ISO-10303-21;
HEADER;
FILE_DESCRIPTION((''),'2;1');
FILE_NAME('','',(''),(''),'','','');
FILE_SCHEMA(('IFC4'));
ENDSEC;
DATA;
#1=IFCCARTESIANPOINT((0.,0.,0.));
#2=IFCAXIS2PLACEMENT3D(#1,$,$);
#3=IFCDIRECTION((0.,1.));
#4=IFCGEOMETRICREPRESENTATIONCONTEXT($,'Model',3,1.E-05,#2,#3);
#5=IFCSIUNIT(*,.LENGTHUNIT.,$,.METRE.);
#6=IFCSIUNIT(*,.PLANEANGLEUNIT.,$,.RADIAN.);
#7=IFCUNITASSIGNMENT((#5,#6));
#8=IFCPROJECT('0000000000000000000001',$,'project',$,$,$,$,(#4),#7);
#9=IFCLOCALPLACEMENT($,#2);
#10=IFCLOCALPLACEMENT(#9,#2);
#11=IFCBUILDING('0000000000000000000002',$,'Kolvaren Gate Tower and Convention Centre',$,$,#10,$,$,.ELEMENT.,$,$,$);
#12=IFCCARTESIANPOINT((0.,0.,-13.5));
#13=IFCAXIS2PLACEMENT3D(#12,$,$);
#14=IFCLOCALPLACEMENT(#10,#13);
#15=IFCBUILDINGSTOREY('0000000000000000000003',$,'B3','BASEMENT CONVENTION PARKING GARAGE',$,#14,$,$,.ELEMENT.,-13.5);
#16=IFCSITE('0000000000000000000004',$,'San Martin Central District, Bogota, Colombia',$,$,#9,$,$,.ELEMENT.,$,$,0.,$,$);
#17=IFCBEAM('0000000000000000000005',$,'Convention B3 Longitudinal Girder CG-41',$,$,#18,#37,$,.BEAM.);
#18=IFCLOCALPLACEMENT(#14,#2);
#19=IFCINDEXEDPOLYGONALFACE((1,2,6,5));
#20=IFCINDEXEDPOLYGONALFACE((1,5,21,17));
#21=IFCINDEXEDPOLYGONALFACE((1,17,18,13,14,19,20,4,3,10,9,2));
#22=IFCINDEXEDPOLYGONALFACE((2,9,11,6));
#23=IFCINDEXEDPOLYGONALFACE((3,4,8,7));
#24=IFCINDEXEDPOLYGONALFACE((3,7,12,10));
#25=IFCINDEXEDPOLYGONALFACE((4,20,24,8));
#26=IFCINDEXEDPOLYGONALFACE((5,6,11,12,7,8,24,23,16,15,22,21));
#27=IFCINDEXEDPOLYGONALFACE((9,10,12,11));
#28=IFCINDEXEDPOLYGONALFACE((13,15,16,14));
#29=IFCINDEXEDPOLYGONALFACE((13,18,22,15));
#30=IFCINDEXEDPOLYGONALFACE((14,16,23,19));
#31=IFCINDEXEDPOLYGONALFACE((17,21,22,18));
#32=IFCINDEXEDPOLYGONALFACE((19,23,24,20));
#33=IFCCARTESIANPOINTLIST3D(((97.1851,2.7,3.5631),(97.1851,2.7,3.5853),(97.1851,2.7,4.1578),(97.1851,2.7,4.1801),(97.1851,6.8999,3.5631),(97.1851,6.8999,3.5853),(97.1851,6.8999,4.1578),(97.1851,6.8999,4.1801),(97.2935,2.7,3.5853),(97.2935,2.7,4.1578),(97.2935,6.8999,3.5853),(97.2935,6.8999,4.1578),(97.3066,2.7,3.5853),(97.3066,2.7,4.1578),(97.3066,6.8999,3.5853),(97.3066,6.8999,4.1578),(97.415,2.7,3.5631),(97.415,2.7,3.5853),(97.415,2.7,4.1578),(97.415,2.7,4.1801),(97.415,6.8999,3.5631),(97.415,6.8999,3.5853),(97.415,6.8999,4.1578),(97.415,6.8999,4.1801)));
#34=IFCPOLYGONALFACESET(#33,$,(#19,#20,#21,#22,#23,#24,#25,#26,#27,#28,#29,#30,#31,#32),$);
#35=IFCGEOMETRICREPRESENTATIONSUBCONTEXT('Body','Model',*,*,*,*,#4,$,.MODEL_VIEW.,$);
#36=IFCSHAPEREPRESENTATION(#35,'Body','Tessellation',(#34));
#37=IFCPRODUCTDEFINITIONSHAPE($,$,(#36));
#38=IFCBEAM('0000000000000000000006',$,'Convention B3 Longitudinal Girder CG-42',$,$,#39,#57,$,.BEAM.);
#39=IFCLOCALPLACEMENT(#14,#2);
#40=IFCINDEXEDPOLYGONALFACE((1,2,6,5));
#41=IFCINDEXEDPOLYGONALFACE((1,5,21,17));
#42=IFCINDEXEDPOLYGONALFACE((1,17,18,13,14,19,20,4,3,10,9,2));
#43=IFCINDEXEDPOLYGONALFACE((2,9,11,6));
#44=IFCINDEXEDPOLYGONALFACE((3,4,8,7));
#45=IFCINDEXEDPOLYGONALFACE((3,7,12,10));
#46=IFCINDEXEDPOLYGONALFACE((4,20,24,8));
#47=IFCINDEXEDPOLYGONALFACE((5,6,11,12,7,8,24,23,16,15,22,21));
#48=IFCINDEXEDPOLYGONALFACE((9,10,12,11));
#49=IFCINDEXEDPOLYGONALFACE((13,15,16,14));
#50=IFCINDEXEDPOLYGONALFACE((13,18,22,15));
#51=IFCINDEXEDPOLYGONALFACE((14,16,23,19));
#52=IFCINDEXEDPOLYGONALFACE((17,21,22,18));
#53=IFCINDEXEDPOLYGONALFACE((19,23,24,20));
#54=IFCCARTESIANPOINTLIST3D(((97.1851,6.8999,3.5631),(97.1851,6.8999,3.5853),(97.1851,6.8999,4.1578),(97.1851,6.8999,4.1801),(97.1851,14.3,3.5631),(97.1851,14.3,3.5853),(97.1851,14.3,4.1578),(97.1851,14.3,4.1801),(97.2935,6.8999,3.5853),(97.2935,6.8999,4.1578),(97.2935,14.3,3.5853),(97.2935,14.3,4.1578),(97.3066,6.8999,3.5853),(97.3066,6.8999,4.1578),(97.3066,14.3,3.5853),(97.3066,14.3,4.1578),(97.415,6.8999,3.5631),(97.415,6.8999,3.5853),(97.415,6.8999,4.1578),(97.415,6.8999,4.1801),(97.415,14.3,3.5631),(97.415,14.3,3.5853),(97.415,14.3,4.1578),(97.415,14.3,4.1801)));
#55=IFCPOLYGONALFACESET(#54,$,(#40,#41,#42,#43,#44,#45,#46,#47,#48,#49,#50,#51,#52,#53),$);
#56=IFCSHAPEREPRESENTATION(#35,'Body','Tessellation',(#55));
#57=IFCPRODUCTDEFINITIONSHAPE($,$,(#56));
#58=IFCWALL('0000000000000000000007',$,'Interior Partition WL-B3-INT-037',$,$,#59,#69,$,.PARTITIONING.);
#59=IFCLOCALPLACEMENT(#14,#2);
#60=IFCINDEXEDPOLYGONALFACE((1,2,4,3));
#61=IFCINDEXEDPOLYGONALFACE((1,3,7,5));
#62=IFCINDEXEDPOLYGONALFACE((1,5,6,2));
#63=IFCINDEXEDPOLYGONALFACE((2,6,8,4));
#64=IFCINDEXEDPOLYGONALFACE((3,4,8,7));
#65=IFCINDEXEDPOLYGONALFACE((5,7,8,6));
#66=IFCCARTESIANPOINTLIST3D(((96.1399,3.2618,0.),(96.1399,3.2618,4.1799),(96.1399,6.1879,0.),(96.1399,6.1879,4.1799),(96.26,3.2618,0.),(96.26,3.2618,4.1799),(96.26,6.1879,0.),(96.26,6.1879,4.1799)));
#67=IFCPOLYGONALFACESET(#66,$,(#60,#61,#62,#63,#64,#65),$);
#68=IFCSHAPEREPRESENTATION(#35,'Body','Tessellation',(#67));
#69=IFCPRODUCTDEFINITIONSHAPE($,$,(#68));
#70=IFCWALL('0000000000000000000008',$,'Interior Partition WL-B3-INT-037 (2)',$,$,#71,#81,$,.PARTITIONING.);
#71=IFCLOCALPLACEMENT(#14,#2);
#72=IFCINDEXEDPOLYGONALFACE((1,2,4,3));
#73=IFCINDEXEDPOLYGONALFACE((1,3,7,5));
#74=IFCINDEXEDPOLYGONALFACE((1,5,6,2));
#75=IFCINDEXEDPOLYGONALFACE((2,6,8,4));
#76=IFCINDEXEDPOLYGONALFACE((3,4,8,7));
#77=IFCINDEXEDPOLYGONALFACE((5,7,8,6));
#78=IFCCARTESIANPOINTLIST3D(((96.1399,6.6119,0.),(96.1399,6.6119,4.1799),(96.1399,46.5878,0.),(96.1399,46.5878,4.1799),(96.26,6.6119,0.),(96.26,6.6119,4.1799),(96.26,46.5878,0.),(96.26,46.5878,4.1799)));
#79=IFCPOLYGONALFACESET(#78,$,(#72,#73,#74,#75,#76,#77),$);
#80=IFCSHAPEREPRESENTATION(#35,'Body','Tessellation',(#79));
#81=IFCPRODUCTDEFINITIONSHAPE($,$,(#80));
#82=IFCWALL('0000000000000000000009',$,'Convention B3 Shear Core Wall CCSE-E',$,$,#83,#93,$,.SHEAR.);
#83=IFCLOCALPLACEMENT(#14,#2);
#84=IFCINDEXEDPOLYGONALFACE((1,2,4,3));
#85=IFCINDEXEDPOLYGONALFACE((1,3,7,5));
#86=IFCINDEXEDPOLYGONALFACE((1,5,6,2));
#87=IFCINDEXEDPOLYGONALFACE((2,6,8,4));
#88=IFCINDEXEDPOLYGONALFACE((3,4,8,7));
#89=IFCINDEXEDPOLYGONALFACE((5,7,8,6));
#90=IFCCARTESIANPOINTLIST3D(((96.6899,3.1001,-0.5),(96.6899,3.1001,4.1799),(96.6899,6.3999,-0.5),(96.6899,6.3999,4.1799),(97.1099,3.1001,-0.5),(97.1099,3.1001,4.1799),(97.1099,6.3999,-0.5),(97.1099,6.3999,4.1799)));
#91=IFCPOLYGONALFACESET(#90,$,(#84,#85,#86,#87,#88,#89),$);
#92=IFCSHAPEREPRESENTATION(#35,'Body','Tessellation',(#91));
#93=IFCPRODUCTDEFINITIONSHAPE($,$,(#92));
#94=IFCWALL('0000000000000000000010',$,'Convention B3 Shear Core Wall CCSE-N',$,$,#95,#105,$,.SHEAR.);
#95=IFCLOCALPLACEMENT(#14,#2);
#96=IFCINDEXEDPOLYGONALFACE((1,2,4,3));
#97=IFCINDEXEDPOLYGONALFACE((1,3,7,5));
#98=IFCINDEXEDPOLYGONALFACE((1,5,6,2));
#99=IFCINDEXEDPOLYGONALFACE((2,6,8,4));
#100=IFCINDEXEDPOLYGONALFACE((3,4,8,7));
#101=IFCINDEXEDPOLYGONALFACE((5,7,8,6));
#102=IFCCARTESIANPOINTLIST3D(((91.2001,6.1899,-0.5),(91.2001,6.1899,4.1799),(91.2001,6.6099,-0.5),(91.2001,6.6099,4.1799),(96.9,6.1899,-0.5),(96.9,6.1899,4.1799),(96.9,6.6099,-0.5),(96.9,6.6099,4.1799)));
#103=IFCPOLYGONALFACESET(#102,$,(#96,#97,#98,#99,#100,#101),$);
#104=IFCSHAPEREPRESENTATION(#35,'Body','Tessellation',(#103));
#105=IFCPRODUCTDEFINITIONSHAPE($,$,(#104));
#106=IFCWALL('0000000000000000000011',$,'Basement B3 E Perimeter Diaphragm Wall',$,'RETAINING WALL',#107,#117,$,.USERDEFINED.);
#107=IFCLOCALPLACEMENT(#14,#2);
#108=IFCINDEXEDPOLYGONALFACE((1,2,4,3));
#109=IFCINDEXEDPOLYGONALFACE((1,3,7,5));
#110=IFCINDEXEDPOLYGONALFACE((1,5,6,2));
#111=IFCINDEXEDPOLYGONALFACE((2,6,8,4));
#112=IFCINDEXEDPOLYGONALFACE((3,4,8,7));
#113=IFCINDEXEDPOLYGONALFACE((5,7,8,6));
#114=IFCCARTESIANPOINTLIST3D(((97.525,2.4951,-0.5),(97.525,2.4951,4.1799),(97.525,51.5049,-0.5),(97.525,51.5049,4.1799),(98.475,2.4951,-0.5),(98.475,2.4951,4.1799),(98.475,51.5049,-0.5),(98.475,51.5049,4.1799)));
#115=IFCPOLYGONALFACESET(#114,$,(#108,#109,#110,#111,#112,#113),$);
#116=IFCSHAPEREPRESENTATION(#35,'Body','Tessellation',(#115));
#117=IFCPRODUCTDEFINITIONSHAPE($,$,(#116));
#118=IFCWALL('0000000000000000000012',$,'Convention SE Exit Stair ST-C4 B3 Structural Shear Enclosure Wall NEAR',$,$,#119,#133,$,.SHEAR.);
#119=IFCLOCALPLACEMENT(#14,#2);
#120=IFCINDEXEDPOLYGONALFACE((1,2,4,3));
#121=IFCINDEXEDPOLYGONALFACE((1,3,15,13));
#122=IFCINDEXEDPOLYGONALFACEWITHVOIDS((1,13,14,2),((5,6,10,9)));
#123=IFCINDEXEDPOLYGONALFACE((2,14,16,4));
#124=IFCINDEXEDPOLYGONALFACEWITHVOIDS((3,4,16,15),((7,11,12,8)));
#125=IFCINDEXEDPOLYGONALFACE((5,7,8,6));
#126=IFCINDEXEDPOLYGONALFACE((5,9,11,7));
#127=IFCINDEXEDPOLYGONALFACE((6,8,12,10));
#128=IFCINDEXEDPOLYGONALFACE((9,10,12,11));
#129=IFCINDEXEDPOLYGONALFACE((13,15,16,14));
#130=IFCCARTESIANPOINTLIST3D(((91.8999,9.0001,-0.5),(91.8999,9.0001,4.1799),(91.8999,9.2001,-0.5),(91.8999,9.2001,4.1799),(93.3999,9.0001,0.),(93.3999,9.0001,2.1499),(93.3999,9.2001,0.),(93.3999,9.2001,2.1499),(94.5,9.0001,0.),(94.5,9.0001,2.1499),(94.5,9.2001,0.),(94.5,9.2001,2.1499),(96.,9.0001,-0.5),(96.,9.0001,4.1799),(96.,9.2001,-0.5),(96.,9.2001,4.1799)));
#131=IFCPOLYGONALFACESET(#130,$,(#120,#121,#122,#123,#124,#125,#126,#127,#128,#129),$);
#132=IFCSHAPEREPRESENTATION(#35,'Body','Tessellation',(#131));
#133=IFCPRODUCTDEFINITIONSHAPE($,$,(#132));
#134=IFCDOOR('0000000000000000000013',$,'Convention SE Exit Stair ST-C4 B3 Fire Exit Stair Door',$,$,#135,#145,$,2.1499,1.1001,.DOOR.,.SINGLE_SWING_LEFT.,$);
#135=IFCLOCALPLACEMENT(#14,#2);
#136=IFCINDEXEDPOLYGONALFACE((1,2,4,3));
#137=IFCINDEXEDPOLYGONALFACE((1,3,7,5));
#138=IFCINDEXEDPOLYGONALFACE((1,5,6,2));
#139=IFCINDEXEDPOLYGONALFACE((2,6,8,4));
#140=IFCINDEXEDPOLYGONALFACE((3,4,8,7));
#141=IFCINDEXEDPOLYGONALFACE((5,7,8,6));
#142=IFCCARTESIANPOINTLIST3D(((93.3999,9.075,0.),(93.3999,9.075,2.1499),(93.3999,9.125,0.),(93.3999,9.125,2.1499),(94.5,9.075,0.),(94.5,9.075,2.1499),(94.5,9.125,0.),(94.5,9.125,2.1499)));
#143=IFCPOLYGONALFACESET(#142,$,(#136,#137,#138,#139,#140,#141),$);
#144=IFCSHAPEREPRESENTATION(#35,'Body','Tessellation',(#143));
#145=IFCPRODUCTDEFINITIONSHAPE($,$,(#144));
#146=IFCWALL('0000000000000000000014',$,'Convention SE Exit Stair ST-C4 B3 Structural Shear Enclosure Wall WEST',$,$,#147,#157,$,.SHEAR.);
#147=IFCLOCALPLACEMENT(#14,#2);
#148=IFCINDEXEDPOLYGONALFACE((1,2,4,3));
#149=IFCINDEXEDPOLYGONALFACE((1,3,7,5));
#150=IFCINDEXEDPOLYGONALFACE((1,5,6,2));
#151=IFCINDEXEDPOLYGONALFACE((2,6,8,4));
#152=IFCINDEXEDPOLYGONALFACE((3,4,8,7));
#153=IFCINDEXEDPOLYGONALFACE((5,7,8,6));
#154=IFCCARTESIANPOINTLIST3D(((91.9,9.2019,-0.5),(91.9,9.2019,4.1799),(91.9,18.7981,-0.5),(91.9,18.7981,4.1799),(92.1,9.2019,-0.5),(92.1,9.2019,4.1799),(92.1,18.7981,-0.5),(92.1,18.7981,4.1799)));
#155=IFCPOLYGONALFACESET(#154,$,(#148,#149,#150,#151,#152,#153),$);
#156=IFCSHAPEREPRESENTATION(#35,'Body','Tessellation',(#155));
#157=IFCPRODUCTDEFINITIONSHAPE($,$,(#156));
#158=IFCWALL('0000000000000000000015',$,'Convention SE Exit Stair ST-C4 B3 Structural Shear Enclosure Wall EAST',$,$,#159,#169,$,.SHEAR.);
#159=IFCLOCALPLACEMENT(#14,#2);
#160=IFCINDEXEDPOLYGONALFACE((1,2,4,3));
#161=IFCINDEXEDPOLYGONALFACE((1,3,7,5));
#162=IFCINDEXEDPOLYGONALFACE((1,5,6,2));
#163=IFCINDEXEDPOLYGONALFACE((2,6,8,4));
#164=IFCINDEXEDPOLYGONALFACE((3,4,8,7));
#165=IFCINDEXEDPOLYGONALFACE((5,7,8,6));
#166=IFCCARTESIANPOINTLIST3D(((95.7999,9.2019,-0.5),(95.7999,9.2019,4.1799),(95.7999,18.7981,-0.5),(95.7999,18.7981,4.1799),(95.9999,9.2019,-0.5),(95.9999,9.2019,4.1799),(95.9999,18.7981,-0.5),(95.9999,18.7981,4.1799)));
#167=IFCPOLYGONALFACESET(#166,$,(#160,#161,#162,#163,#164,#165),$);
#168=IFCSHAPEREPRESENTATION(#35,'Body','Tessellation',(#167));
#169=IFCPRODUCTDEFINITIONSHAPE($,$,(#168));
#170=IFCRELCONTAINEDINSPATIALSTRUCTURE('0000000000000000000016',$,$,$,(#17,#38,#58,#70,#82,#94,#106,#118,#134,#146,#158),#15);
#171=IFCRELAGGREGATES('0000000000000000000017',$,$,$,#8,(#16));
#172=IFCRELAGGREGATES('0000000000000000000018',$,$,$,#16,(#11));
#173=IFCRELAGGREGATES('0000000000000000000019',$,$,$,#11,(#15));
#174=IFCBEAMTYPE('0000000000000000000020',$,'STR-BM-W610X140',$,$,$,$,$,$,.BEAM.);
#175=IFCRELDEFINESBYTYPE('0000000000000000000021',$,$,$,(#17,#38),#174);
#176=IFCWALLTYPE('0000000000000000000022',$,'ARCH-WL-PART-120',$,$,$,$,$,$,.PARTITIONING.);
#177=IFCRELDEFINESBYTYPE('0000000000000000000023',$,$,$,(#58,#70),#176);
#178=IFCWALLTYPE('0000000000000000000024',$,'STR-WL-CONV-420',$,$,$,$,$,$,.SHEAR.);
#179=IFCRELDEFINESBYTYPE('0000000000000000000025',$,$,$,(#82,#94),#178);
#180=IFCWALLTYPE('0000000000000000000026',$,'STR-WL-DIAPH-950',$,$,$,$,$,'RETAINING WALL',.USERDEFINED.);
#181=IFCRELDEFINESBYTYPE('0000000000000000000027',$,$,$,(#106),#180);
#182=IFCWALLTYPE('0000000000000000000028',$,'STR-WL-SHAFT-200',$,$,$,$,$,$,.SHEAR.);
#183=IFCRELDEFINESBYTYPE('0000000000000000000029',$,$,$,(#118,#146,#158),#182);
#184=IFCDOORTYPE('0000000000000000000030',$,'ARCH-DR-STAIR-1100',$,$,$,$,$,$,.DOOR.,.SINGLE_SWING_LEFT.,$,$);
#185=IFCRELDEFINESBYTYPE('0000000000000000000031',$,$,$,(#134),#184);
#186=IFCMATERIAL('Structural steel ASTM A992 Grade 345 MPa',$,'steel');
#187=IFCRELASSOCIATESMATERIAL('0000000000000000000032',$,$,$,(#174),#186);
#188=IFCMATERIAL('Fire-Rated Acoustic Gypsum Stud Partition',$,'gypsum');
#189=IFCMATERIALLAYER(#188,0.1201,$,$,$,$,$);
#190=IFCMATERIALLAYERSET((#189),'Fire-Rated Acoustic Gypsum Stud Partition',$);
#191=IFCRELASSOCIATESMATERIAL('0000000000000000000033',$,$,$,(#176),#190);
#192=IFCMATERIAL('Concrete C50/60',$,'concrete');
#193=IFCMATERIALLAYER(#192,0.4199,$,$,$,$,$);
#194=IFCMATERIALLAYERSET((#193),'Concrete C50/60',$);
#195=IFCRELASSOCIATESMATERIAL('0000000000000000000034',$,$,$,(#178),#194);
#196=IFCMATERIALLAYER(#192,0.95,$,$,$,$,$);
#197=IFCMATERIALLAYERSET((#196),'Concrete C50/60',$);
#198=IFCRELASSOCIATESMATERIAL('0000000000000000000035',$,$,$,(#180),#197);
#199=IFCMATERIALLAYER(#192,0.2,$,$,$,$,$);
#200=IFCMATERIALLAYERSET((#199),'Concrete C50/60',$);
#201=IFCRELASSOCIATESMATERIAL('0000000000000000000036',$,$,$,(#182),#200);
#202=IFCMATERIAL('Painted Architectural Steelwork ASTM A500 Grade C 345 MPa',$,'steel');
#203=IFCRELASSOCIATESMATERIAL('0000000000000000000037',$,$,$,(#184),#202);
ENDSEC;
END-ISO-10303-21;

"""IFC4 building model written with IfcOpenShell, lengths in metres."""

from ifc_helpers import new_model, si_unit, direction, frame, frame_2d, origin, origin_2d, place, context, subcontext, project, spatial, rectangle, i_section, extrude, material, layer, layer_set, material_profile, profile_set, type_object, element, fill, save


model = new_model("IFC4")

# Units and contexts
model_context = context("Model", 3, precision=1e-05, world=origin(), true_north=direction((0.0, 1.0)))
body_context = subcontext(model_context, "Body", "Model", "MODEL_VIEW")
ifc_project = project(units=[si_unit("LENGTHUNIT", "METRE"), si_unit("PLANEANGLEUNIT", "RADIAN")], contexts=[model_context])

# Site, building, storey
site_placement = place(None, origin())
site = spatial("IfcSite", under=ifc_project, at=site_placement, Name="San Martin Central District, Bogota, Colombia", CompositionType="ELEMENT", RefElevation=0.0)
building_placement = place(site_placement, origin())
building = spatial("IfcBuilding", under=site, at=building_placement, Name="Kolvaren Gate Tower and Convention Centre", CompositionType="ELEMENT")
storey_placement = place(building_placement, frame((0.0, 0.0, -13.5)))
storey = spatial("IfcBuildingStorey", under=building, at=storey_placement, Name="B3", Description="BASEMENT CONVENTION PARKING GARAGE", CompositionType="ELEMENT", Elevation=-13.5)

# Shared definitions
ifc_material_1 = material(Name="Concrete C50/60", Category="concrete")

# Beams
ifc_material_2 = material(Name="Structural steel ASTM A992 Grade 345 MPa", Category="steel")
ifc_material_profile_1 = material_profile(ifc_material_2, i_section(OverallWidth=0.23, OverallDepth=0.6169, WebThickness=0.0132, FlangeThickness=0.0222, at=origin_2d()), Name="W610X140")
ifc_profile_set_1 = profile_set([ifc_material_profile_1], Name="Structural steel ASTM A992 Grade 345 MPa")
beam_type = type_object("IfcBeamType", Name="STR-BM-W610X140", PredefinedType="BEAM", material=ifc_profile_set_1)
beam_1_placement = place(storey_placement, frame((97.3, 2.7, 3.8716), z_axis=(0.0, 1.0, 0.0), x_axis=(-1.0, 0.0, 0.0)))
element("IfcBeam", 1, at=beam_1_placement, inside=storey, type_object=beam_type, Name="Convention B3 Longitudinal Girder CG-41", PredefinedType="BEAM", context=body_context, shape_type="SweptSolid", body=[
    extrude(i_section(OverallWidth=0.23, OverallDepth=0.6169, WebThickness=0.0132, FlangeThickness=0.0222, at=origin_2d()), origin(), (0.0, 0.0, 1.0), 4.2),
])
beam_2_placement = place(storey_placement, frame((97.3, 6.8999, 3.8716), z_axis=(0.0, 1.0, 0.0), x_axis=(-1.0, 0.0, 0.0)))
element("IfcBeam", 2, at=beam_2_placement, inside=storey, type_object=beam_type, Name="Convention B3 Longitudinal Girder CG-42", PredefinedType="BEAM", context=body_context, shape_type="SweptSolid", body=[
    extrude(i_section(OverallWidth=0.23, OverallDepth=0.6169, WebThickness=0.0132, FlangeThickness=0.0222, at=origin_2d()), origin(), (0.0, 0.0, 1.0), 7.4001),
])

# Walls
ifc_material_3 = material(Name="Fire-Rated Acoustic Gypsum Stud Partition", Category="gypsum")
ifc_layer_1 = layer(ifc_material_3, 0.1201)
ifc_layer_set_1 = layer_set([ifc_layer_1], Name="Fire-Rated Acoustic Gypsum Stud Partition")
wall_type_1 = type_object("IfcWallType", Name="ARCH-WL-PART-120", PredefinedType="PARTITIONING", material=ifc_layer_set_1)
wall_1_placement = place(storey_placement, frame((96.2, 3.262, 0.0), z_axis=(0.0, 0.0, 1.0), x_axis=(0.0, 1.0, 0.0)))
element("IfcWall", 3, at=wall_1_placement, inside=storey, type_object=wall_type_1, Name="Interior Partition WL-B3-INT-037", PredefinedType="PARTITIONING", context=body_context, shape_type="SweptSolid", body=[
    extrude(rectangle(XDim=2.926, YDim=0.1201, at=frame_2d((1.4629, 0.0))), origin(), (0.0, 0.0, 1.0), 4.1799),
])
wall_2_placement = place(storey_placement, frame((96.2, 6.6121, 0.0), z_axis=(0.0, 0.0, 1.0), x_axis=(0.0, 1.0, 0.0)))
element("IfcWall", 4, at=wall_2_placement, inside=storey, type_object=wall_type_1, Name="Interior Partition WL-B3-INT-037 (2)", PredefinedType="PARTITIONING", context=body_context, shape_type="SweptSolid", body=[
    extrude(rectangle(XDim=39.9758, YDim=0.1201, at=frame_2d((19.9878, 0.0))), origin(), (0.0, 0.0, 1.0), 4.1799),
])
ifc_layer_2 = layer(ifc_material_1, 0.4199)
ifc_layer_set_2 = layer_set([ifc_layer_2], Name="Concrete C50/60")
wall_type_2 = type_object("IfcWallType", Name="STR-WL-CONV-420", PredefinedType="SHEAR", material=ifc_layer_set_2)
wall_3_placement = place(storey_placement, frame((96.8999, 3.1001, -0.5), z_axis=(0.0, 0.0, 1.0), x_axis=(0.0, 1.0, 0.0)))
element("IfcWall", 5, at=wall_3_placement, inside=storey, type_object=wall_type_2, Name="Convention B3 Shear Core Wall CCSE-E", PredefinedType="SHEAR", context=body_context, shape_type="SweptSolid", body=[
    extrude(rectangle(XDim=3.2998, YDim=0.4199, at=frame_2d((1.6499, 0.0))), origin(), (0.0, 0.0, 1.0), 4.6799),
])
wall_4_placement = place(storey_placement, frame((91.2, 6.3999, -0.5), z_axis=(0.0, 0.0, 1.0), x_axis=(1.0, 0.0, 0.0)))
element("IfcWall", 6, at=wall_4_placement, inside=storey, type_object=wall_type_2, Name="Convention B3 Shear Core Wall CCSE-N", PredefinedType="SHEAR", context=body_context, shape_type="SweptSolid", body=[
    extrude(rectangle(XDim=5.7, YDim=0.4199, at=frame_2d((2.8501, 0.0))), origin(), (0.0, 0.0, 1.0), 4.6799),
])
ifc_layer_3 = layer(ifc_material_1, 0.95)
ifc_layer_set_3 = layer_set([ifc_layer_3], Name="Concrete C50/60")
wall_type_3 = type_object("IfcWallType", Name="STR-WL-DIAPH-950", ElementType="RETAINING WALL", PredefinedType="USERDEFINED", material=ifc_layer_set_3)
wall_5_placement = place(storey_placement, frame((98.0, 2.4951, -0.5), z_axis=(0.0, 0.0, 1.0), x_axis=(0.0, 1.0, 0.0)))
element("IfcWall", 7, at=wall_5_placement, inside=storey, type_object=wall_type_3, Name="Basement B3 E Perimeter Diaphragm Wall", ObjectType="RETAINING WALL", PredefinedType="USERDEFINED", context=body_context, shape_type="SweptSolid", body=[
    extrude(rectangle(XDim=49.0098, YDim=0.95, at=frame_2d((24.5049, 0.0))), origin(), (0.0, 0.0, 1.0), 4.6799),
])

# Wall, opening, door
ifc_layer_4 = layer(ifc_material_1, 0.2)
ifc_layer_set_4 = layer_set([ifc_layer_4], Name="Concrete C50/60")
wall_type_4 = type_object("IfcWallType", Name="STR-WL-SHAFT-200", PredefinedType="SHEAR", material=ifc_layer_set_4)
wall_6_placement = place(storey_placement, frame((91.8999, 9.1001, -0.5), z_axis=(0.0, 0.0, 1.0), x_axis=(1.0, 0.0, 0.0)))
wall_6 = element("IfcWall", 8, at=wall_6_placement, inside=storey, type_object=wall_type_4, Name="Convention SE Exit Stair ST-C4 B3 Structural Shear Enclosure Wall NEAR", PredefinedType="SHEAR", context=body_context, shape_type="SweptSolid", body=[
    extrude(rectangle(XDim=4.1001, YDim=0.2, at=frame_2d((2.05, 0.0))), origin(), (0.0, 0.0, 1.0), 4.6799),
])
opening_placement = place(wall_6_placement, frame((1.5, 0.0, 0.5)))
opening = element("IfcOpeningElement", 9, at=opening_placement, cuts=wall_6, PredefinedType="OPENING", context=body_context, shape_type="SweptSolid", body=[
    extrude(rectangle(XDim=1.1001, YDim=2.1499, at=frame_2d((0.55, 1.075))), frame((0.0, 0.1099, 0.0), z_axis=(0.0, -1.0, 0.0), x_axis=(1.0, 0.0, 0.0)), (0.0, 0.0, 1.0), 0.22),
])
ifc_material_4 = material(Name="Painted Architectural Steelwork ASTM A500 Grade C 345 MPa", Category="steel")
door_type = type_object("IfcDoorType", Name="ARCH-DR-STAIR-1100", OperationType="SINGLE_SWING_LEFT", PredefinedType="DOOR", material=ifc_material_4)
door_placement = place(opening_placement, origin())
door = element("IfcDoor", 10, at=door_placement, inside=storey, type_object=door_type, Name="Convention SE Exit Stair ST-C4 B3 Fire Exit Stair Door", OperationType="SINGLE_SWING_LEFT", OverallHeight=2.1499, OverallWidth=1.1001, PredefinedType="DOOR", context=body_context, shape_type="SweptSolid", body=[
    extrude(rectangle(XDim=1.1001, YDim=2.1499, at=frame_2d((0.55, 1.075))), frame((0.0, 0.0249, 0.0), z_axis=(0.0, -1.0, 0.0), x_axis=(1.0, 0.0, 0.0)), (0.0, 0.0, 1.0), 0.05),
])
fill(opening, door)

# Walls
for number, where, z_axis, x_axis, name in (
    (11, (92.0, 9.2019, -0.5), (0.0, 0.0, 1.0), (0.0, 1.0, 0.0), "Convention SE Exit Stair ST-C4 B3 Structural Shear Enclosure Wall WEST"),
    (12, (95.8999, 9.2019, -0.5), (0.0, 0.0, 1.0), (0.0, 1.0, 0.0), "Convention SE Exit Stair ST-C4 B3 Structural Shear Enclosure Wall EAST"),
):
    element("IfcWall", number, at=place(storey_placement, frame(where, z_axis=z_axis, x_axis=x_axis)), inside=storey, type_object=wall_type_4, Name=name, PredefinedType="SHEAR", context=body_context, shape_type="SweptSolid", body=[
        extrude(rectangle(XDim=9.5962, YDim=0.2, at=frame_2d((4.7981, 0.0))), origin(), (0.0, 0.0, 1.0), 4.6799),
    ])

save(model, "model.ifc")
